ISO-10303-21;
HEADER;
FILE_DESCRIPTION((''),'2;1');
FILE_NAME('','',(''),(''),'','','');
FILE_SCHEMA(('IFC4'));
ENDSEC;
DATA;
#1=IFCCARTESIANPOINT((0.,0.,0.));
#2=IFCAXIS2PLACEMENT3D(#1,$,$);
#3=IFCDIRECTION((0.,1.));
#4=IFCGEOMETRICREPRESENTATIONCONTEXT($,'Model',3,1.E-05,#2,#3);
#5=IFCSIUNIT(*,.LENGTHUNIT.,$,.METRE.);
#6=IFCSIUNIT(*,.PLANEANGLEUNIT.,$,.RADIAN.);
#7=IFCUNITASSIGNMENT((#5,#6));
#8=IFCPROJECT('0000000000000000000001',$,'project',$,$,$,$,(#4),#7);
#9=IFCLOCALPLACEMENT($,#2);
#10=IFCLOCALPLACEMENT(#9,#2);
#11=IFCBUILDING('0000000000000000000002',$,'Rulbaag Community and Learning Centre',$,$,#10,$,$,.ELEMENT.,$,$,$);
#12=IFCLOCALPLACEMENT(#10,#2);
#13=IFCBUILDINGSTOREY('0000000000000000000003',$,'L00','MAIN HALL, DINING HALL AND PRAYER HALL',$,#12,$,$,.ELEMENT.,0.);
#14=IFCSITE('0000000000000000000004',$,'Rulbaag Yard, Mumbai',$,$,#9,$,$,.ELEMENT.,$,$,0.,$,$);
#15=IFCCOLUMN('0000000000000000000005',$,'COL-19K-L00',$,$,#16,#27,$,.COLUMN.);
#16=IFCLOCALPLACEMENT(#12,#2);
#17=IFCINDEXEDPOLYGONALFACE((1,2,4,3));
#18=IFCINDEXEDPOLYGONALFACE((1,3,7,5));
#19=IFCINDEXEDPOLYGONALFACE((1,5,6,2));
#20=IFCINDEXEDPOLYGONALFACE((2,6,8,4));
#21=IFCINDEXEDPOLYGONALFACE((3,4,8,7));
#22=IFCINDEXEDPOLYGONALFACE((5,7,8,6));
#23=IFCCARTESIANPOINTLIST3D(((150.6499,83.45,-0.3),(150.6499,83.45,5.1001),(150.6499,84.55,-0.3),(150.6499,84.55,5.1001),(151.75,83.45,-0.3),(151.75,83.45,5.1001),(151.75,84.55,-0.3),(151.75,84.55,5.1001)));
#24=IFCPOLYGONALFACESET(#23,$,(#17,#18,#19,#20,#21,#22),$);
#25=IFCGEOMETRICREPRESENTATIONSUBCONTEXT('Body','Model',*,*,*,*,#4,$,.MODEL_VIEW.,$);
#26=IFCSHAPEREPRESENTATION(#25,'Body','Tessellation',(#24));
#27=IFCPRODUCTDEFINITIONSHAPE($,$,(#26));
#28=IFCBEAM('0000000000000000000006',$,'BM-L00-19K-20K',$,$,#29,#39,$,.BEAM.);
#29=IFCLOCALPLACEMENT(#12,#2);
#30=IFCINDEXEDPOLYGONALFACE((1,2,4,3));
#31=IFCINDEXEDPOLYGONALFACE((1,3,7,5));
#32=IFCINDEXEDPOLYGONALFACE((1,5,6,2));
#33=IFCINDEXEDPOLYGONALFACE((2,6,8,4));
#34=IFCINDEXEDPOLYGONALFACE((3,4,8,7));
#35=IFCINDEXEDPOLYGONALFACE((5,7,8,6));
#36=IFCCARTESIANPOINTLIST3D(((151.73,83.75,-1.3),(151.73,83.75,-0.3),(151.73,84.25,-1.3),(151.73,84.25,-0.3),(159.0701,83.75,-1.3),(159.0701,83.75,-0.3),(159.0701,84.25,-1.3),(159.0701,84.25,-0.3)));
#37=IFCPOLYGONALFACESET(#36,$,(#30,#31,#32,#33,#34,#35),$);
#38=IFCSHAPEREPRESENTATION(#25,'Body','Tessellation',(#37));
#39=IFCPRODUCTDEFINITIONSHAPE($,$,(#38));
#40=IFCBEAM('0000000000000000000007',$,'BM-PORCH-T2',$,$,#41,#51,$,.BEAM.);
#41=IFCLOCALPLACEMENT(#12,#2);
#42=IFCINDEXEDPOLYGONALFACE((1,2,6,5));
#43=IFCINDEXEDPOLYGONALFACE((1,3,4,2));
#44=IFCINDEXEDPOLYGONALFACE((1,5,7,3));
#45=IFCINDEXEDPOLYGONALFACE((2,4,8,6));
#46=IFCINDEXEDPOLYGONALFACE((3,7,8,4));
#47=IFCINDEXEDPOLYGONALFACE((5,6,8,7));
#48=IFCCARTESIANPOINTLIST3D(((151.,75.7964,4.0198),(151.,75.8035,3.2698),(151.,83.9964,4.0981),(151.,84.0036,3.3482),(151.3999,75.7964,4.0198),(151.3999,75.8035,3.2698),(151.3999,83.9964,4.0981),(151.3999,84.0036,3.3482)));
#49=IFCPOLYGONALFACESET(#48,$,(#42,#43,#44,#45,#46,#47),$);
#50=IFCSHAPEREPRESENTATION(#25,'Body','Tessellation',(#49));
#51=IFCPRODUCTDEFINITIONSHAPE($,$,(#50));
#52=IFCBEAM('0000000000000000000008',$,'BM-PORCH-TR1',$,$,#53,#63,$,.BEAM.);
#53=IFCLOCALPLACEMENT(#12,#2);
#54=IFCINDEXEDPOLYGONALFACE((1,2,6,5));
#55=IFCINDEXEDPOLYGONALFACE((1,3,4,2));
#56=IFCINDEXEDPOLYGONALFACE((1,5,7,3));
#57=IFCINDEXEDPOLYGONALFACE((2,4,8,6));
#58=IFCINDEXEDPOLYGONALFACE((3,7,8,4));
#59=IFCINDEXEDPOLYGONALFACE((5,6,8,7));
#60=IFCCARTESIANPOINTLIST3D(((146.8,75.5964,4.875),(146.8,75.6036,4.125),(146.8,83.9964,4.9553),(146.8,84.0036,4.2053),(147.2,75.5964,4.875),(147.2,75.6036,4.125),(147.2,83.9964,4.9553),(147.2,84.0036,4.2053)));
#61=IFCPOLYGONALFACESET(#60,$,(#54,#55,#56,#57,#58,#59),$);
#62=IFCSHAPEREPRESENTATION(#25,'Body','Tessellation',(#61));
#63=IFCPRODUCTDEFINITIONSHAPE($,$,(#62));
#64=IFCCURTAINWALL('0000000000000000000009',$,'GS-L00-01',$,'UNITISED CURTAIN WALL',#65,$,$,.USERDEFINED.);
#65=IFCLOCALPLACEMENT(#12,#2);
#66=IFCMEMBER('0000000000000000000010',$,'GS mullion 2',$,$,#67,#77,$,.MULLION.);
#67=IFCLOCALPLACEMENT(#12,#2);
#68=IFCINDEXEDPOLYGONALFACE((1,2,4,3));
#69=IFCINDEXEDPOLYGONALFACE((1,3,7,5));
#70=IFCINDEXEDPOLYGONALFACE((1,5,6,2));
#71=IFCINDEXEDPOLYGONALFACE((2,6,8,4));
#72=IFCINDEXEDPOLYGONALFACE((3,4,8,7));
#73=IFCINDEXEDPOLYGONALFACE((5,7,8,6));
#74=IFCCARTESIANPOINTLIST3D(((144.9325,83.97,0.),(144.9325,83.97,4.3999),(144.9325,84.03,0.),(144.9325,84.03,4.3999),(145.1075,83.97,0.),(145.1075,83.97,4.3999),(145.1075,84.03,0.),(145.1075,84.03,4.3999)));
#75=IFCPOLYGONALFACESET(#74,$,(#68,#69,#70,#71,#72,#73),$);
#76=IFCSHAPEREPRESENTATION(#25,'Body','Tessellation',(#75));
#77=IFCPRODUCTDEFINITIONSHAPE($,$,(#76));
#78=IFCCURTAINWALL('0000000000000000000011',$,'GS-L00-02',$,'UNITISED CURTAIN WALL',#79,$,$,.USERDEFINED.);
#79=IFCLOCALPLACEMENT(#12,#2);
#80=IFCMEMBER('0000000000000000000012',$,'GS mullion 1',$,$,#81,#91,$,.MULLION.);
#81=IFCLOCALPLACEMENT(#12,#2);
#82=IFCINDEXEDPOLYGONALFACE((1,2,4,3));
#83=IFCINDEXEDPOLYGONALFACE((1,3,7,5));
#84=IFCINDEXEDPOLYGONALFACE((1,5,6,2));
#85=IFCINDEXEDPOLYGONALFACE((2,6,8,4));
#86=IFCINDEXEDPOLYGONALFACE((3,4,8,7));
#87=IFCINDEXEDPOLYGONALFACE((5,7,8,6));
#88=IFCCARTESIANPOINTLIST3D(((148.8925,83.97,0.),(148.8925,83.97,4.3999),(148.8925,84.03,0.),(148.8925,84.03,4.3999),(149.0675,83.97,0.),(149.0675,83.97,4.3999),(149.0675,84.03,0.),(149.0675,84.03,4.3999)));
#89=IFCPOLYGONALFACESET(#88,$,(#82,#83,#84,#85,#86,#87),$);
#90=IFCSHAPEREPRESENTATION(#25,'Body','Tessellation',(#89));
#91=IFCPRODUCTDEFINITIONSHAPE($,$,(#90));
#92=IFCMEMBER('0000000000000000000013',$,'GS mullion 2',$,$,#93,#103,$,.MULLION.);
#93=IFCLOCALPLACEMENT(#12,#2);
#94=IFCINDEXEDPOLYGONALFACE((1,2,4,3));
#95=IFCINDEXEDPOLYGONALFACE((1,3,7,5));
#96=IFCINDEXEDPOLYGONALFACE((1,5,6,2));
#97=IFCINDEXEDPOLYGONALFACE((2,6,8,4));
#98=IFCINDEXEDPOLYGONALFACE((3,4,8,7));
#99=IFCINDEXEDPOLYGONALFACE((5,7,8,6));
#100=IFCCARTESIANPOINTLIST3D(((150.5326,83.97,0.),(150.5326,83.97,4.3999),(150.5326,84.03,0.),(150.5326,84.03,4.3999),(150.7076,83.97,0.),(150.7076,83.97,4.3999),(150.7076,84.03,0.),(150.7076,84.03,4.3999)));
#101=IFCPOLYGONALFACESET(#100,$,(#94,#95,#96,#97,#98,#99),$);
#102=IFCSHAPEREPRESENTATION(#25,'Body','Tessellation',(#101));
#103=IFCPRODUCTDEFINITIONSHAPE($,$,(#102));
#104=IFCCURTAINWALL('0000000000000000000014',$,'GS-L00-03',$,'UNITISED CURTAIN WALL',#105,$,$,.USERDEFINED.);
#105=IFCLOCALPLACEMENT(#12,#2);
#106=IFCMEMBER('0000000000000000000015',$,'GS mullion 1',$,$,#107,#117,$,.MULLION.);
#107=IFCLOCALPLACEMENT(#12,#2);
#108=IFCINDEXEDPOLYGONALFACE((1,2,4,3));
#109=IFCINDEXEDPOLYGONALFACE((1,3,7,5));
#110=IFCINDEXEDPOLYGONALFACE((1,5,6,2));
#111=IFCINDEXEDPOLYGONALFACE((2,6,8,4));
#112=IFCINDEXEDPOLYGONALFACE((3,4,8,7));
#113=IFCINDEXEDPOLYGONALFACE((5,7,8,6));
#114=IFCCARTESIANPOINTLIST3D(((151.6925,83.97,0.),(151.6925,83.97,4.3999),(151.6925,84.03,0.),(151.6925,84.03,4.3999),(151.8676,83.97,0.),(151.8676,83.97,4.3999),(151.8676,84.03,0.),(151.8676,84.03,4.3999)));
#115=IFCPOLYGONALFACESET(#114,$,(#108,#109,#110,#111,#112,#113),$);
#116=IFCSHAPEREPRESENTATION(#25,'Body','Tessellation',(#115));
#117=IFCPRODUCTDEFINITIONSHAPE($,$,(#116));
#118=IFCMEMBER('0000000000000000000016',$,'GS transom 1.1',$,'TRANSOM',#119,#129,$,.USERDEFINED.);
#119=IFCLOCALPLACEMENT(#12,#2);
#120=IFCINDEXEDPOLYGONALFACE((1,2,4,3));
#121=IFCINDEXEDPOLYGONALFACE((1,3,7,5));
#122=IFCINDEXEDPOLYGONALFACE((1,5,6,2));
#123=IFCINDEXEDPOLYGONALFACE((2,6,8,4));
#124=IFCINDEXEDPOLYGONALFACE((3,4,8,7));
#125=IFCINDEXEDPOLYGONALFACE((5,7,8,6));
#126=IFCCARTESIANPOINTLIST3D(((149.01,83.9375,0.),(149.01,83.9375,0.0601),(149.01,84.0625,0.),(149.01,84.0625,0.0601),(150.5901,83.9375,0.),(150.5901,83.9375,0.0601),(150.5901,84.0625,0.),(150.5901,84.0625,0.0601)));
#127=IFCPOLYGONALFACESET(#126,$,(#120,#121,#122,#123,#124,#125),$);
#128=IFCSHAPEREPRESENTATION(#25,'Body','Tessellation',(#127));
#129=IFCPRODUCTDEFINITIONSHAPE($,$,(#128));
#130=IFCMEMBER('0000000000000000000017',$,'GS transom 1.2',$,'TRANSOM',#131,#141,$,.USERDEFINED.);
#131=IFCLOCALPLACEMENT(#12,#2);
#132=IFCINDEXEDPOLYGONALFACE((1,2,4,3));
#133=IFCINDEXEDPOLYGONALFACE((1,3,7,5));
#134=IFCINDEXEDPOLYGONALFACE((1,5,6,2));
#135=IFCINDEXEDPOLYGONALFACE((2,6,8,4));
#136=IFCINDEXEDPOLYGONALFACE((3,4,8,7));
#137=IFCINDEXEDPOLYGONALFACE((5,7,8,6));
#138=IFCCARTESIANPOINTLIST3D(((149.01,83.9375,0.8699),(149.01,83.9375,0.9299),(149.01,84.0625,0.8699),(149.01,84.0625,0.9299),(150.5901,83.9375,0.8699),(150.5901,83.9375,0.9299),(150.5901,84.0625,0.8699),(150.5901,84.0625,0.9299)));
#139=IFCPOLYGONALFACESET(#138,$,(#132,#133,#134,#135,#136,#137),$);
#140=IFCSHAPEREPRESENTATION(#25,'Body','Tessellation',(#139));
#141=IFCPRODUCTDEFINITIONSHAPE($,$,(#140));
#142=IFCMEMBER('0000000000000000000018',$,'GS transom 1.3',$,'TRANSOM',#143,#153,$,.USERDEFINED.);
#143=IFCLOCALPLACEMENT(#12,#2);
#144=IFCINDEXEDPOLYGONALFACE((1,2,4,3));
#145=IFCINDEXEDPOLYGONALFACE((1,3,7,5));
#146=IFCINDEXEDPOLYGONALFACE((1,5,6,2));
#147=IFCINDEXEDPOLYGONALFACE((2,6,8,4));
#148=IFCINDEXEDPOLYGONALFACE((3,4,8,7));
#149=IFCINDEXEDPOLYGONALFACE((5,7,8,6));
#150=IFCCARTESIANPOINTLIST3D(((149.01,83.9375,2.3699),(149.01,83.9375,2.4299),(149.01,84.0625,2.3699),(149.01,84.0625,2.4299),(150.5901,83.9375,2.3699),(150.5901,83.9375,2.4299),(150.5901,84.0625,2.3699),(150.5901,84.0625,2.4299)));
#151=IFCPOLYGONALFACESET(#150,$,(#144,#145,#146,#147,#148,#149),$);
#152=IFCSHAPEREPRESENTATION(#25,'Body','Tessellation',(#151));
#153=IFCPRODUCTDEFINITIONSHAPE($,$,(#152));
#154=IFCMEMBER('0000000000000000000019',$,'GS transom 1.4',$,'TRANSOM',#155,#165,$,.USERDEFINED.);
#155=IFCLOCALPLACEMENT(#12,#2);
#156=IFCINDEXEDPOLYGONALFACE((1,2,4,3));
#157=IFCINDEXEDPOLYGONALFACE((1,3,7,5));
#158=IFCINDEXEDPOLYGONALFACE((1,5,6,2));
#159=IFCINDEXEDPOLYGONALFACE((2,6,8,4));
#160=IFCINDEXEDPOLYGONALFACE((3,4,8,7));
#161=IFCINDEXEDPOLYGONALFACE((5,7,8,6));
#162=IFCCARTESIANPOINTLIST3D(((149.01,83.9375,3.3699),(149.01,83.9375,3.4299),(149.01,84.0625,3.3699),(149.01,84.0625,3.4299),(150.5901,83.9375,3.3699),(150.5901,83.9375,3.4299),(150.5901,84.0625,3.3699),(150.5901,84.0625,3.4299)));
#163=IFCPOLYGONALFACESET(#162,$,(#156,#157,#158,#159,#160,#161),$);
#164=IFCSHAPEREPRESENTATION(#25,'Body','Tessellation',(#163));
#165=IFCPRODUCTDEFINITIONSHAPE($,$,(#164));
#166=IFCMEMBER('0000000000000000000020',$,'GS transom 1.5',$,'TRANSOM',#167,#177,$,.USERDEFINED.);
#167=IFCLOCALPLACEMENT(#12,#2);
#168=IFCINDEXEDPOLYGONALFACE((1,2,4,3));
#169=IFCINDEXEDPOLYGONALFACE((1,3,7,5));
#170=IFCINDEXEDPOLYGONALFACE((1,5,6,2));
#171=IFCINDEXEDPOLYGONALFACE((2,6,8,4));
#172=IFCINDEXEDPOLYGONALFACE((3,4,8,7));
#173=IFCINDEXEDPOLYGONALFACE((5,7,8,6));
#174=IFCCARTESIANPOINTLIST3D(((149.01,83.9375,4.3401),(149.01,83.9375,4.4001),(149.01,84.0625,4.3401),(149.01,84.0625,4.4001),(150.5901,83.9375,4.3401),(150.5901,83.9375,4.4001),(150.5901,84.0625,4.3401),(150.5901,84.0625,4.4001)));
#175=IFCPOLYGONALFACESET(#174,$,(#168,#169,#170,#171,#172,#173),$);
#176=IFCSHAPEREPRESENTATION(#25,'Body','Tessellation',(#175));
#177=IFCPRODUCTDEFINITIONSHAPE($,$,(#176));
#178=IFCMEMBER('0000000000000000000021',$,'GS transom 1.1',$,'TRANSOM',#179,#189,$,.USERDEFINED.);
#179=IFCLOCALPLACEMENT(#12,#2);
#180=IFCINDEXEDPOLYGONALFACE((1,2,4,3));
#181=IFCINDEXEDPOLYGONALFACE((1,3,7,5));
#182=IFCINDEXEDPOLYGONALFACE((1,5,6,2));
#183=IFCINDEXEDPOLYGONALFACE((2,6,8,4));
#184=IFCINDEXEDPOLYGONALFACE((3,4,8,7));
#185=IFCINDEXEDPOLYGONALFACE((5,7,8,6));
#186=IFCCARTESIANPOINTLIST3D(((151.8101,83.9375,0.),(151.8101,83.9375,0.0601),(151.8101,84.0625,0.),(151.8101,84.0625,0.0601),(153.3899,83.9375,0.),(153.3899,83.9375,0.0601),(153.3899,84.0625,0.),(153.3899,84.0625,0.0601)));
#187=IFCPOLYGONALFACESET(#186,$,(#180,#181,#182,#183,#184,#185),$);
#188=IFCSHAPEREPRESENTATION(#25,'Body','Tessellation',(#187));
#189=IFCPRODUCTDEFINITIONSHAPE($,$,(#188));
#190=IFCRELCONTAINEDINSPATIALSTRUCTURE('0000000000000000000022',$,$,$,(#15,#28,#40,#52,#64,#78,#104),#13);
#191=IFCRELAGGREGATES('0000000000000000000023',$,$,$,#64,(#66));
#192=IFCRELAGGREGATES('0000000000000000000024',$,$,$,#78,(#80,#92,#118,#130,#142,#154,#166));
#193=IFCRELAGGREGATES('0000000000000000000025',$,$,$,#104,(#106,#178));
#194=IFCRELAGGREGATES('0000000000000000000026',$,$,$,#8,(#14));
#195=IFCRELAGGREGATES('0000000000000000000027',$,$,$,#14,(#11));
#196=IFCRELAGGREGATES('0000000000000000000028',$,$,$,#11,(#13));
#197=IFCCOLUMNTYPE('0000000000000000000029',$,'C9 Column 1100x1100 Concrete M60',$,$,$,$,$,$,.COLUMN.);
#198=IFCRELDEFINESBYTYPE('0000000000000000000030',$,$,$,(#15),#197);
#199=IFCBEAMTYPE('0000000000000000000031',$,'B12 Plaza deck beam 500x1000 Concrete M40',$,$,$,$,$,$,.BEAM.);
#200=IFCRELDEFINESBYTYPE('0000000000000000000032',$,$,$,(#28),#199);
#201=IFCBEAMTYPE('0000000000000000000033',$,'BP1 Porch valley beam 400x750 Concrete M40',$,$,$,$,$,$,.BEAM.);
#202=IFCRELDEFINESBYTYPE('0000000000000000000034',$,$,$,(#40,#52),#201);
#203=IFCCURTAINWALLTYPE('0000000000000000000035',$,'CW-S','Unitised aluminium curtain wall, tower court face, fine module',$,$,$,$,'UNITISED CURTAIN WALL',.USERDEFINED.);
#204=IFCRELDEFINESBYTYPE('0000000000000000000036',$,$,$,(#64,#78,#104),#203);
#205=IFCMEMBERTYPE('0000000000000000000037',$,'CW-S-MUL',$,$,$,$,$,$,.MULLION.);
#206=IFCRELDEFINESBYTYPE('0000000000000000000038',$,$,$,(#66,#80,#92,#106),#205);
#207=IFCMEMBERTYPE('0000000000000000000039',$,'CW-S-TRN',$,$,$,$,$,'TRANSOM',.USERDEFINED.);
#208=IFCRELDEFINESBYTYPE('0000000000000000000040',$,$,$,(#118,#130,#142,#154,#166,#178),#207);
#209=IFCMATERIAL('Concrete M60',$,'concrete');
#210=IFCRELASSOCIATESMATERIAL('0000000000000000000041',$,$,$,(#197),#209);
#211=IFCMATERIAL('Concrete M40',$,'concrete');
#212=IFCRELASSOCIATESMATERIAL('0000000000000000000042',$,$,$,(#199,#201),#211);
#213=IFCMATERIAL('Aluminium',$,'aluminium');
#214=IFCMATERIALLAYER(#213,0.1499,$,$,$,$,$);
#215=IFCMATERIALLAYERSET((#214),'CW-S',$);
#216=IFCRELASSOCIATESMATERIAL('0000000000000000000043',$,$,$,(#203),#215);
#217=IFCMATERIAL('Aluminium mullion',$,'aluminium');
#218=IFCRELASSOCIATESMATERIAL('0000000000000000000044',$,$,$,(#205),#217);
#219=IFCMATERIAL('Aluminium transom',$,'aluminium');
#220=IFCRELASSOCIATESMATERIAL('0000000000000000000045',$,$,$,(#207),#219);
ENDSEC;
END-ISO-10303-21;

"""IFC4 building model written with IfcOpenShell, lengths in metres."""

from ifc_helpers import new_model, si_unit, direction, frame, origin, origin_2d, place, context, subcontext, project, spatial, rectangle, extrude, material, layer, layer_set, material_profile, profile_set, type_object, element, aggregate, save


model = new_model("IFC4")

# Units and contexts
model_context = context("Model", 3, precision=1e-05, world=origin(), true_north=direction((0.0, 1.0)))
body_context = subcontext(model_context, "Body", "Model", "MODEL_VIEW")
ifc_project = project(units=[si_unit("LENGTHUNIT", "METRE"), si_unit("PLANEANGLEUNIT", "RADIAN")], contexts=[model_context])

# Site, building, storey
site_placement = place(None, origin())
site = spatial("IfcSite", under=ifc_project, at=site_placement, Name="Rulbaag Yard, Mumbai", CompositionType="ELEMENT", RefElevation=0.0)
building_placement = place(site_placement, origin())
building = spatial("IfcBuilding", under=site, at=building_placement, Name="Rulbaag Community and Learning Centre", CompositionType="ELEMENT")
storey_placement = place(building_placement, origin())
storey = spatial("IfcBuildingStorey", under=building, at=storey_placement, Name="L00", Description="MAIN HALL, DINING HALL AND PRAYER HALL", CompositionType="ELEMENT", Elevation=0.0)

# Column
ifc_material_1 = material(Name="Concrete M60", Category="concrete")
ifc_material_profile_1 = material_profile(ifc_material_1, rectangle(XDim=1.1001, YDim=1.1001, at=origin_2d()), Name="RC1100x1100")
ifc_profile_set_1 = profile_set([ifc_material_profile_1], Name="Concrete M60")
column_type = type_object("IfcColumnType", Name="C9 Column 1100x1100 Concrete M60", PredefinedType="COLUMN", material=ifc_profile_set_1)
column_placement = place(storey_placement, frame((151.2, 84.0, -0.3), z_axis=(0.0, 0.0, 1.0), x_axis=(1.0, 0.0, 0.0)))
element("IfcColumn", 1, at=column_placement, inside=storey, type_object=column_type, Name="COL-19K-L00", PredefinedType="COLUMN", context=body_context, shape_type="SweptSolid", body=[
    extrude(rectangle(XDim=1.1001, YDim=1.1001, at=origin_2d()), origin(), (0.0, 0.0, 1.0), 5.4001),
])

# Beams
ifc_material_2 = material(Name="Concrete M40", Category="concrete")
ifc_material_profile_2 = material_profile(ifc_material_2, rectangle(XDim=0.5, YDim=1.0, at=origin_2d()), Name="RB500x1000")
ifc_profile_set_2 = profile_set([ifc_material_profile_2], Name="Concrete M40")
beam_type_1 = type_object("IfcBeamType", Name="B12 Plaza deck beam 500x1000 Concrete M40", PredefinedType="BEAM", material=ifc_profile_set_2)
beam_1_placement = place(storey_placement, frame((151.73, 84.0, -0.8), z_axis=(1.0, 0.0, 0.0), x_axis=(0.0, 1.0, 0.0)))
element("IfcBeam", 2, at=beam_1_placement, inside=storey, type_object=beam_type_1, Name="BM-L00-19K-20K", PredefinedType="BEAM", context=body_context, shape_type="SweptSolid", body=[
    extrude(rectangle(XDim=0.5, YDim=1.0, at=origin_2d()), origin(), (0.0, 0.0, 1.0), 7.3401),
])
ifc_material_profile_3 = material_profile(ifc_material_2, rectangle(XDim=0.3999, YDim=0.75, at=origin_2d()), Name="RB400x750")
ifc_profile_set_3 = profile_set([ifc_material_profile_3], Name="Concrete M40")
beam_type_2 = type_object("IfcBeamType", Name="BP1 Porch valley beam 400x750 Concrete M40", PredefinedType="BEAM", material=ifc_profile_set_3)
beam_2_placement = place(storey_placement, frame((151.2, 84.0, 3.7231), z_axis=(0.0, -0.999954, -0.009557), x_axis=(1.0, 0.0, 0.0)))
element("IfcBeam", 3, at=beam_2_placement, inside=storey, type_object=beam_type_2, Name="BM-PORCH-T2", PredefinedType="BEAM", context=body_context, shape_type="SweptSolid", body=[
    extrude(rectangle(XDim=0.3999, YDim=0.75, at=origin_2d()), origin(), (0.0, 0.0, 1.0), 8.2004),
])
beam_3_placement = place(storey_placement, frame((147.0, 84.0, 4.5803), z_axis=(0.0, -0.999954, -0.009562), x_axis=(1.0, 0.0, 0.0)))
element("IfcBeam", 4, at=beam_3_placement, inside=storey, type_object=beam_type_2, Name="BM-PORCH-TR1", PredefinedType="BEAM", context=body_context, shape_type="SweptSolid", body=[
    extrude(rectangle(XDim=0.3999, YDim=0.75, at=origin_2d()), origin(), (0.0, 0.0, 1.0), 8.4004),
])

# Curtain wall, member
ifc_material_3 = material(Name="Aluminium", Category="aluminium")
ifc_layer_1 = layer(ifc_material_3, 0.1499)
ifc_layer_set_1 = layer_set([ifc_layer_1], Name="CW-S")
curtain_wall_type = type_object("IfcCurtainWallType", Name="CW-S", Description="Unitised aluminium curtain wall, tower court face, fine module", ElementType="UNITISED CURTAIN WALL", PredefinedType="USERDEFINED", material=ifc_layer_set_1)
curtain_wall_1_placement = place(storey_placement, origin())
curtain_wall_1 = element("IfcCurtainWall", 5, at=curtain_wall_1_placement, inside=storey, type_object=curtain_wall_type, Name="GS-L00-01", ObjectType="UNITISED CURTAIN WALL", PredefinedType="USERDEFINED")
ifc_material_4 = material(Name="Aluminium mullion", Category="aluminium")
ifc_material_profile_4 = material_profile(ifc_material_4, rectangle(XDim=0.0601, YDim=0.175, at=origin_2d()), Name="AL 60x175")
ifc_profile_set_4 = profile_set([ifc_material_profile_4], Name="Aluminium mullion")
member_type_1 = type_object("IfcMemberType", Name="CW-S-MUL", PredefinedType="MULLION", material=ifc_profile_set_4)
member_1_placement = place(storey_placement, frame((145.02, 84.0, 0.0), z_axis=(0.0, 0.0, 1.0), x_axis=(0.0, 1.0, 0.0)))
member_1 = element("IfcMember", 6, at=member_1_placement, type_object=member_type_1, Name="GS mullion 2", PredefinedType="MULLION", context=body_context, shape_type="SweptSolid", body=[
    extrude(rectangle(XDim=0.0601, YDim=0.175, at=origin_2d()), origin(), (0.0, 0.0, 1.0), 4.3999),
])

# Curtain wall, members
curtain_wall_2_placement = place(storey_placement, origin())
curtain_wall_2 = element("IfcCurtainWall", 7, at=curtain_wall_2_placement, inside=storey, type_object=curtain_wall_type, Name="GS-L00-02", ObjectType="UNITISED CURTAIN WALL", PredefinedType="USERDEFINED")
member_2_placement = place(storey_placement, frame((148.98, 84.0, 0.0), z_axis=(0.0, 0.0, 1.0), x_axis=(0.0, 1.0, 0.0)))
member_2 = element("IfcMember", 8, at=member_2_placement, type_object=member_type_1, Name="GS mullion 1", PredefinedType="MULLION", context=body_context, shape_type="SweptSolid", body=[
    extrude(rectangle(XDim=0.0601, YDim=0.175, at=origin_2d()), origin(), (0.0, 0.0, 1.0), 4.3999),
])
member_3_placement = place(storey_placement, frame((150.6201, 84.0, 0.0), z_axis=(0.0, 0.0, 1.0), x_axis=(0.0, 1.0, 0.0)))
member_3 = element("IfcMember", 9, at=member_3_placement, type_object=member_type_1, Name="GS mullion 2", PredefinedType="MULLION", context=body_context, shape_type="SweptSolid", body=[
    extrude(rectangle(XDim=0.0601, YDim=0.175, at=origin_2d()), origin(), (0.0, 0.0, 1.0), 4.3999),
])

# Curtain wall, member
curtain_wall_3_placement = place(storey_placement, origin())
curtain_wall_3 = element("IfcCurtainWall", 10, at=curtain_wall_3_placement, inside=storey, type_object=curtain_wall_type, Name="GS-L00-03", ObjectType="UNITISED CURTAIN WALL", PredefinedType="USERDEFINED")
member_4_placement = place(storey_placement, frame((151.78, 84.0, 0.0), z_axis=(0.0, 0.0, 1.0), x_axis=(0.0, 1.0, 0.0)))
member_4 = element("IfcMember", 11, at=member_4_placement, type_object=member_type_1, Name="GS mullion 1", PredefinedType="MULLION", context=body_context, shape_type="SweptSolid", body=[
    extrude(rectangle(XDim=0.0601, YDim=0.175, at=origin_2d()), origin(), (0.0, 0.0, 1.0), 4.3999),
])

# Members
ifc_material_5 = material(Name="Aluminium transom", Category="aluminium")
ifc_material_profile_5 = material_profile(ifc_material_5, rectangle(XDim=0.125, YDim=0.0601, at=origin_2d()), Name="AL 60x125 T")
ifc_profile_set_5 = profile_set([ifc_material_profile_5], Name="Aluminium transom")
member_type_2 = type_object("IfcMemberType", Name="CW-S-TRN", ElementType="TRANSOM", PredefinedType="USERDEFINED", material=ifc_profile_set_5)
member_5_placement = place(storey_placement, frame((149.01, 84.0, 0.03), z_axis=(1.0, 0.0, 0.0), x_axis=(0.0, 1.0, 0.0)))
member_5 = element("IfcMember", 12, at=member_5_placement, type_object=member_type_2, Name="GS transom 1.1", ObjectType="TRANSOM", PredefinedType="USERDEFINED", context=body_context, shape_type="SweptSolid", body=[
    extrude(rectangle(XDim=0.125, YDim=0.0601, at=origin_2d()), origin(), (0.0, 0.0, 1.0), 1.5801),
])
member_6_placement = place(storey_placement, frame((149.01, 84.0, 0.8999), z_axis=(1.0, 0.0, 0.0), x_axis=(0.0, 1.0, 0.0)))
member_6 = element("IfcMember", 13, at=member_6_placement, type_object=member_type_2, Name="GS transom 1.2", ObjectType="TRANSOM", PredefinedType="USERDEFINED", context=body_context, shape_type="SweptSolid", body=[
    extrude(rectangle(XDim=0.125, YDim=0.0601, at=origin_2d()), origin(), (0.0, 0.0, 1.0), 1.5801),
])
member_7_placement = place(storey_placement, frame((149.01, 84.0, 2.3999), z_axis=(1.0, 0.0, 0.0), x_axis=(0.0, 1.0, 0.0)))
member_7 = element("IfcMember", 14, at=member_7_placement, type_object=member_type_2, Name="GS transom 1.3", ObjectType="TRANSOM", PredefinedType="USERDEFINED", context=body_context, shape_type="SweptSolid", body=[
    extrude(rectangle(XDim=0.125, YDim=0.0601, at=origin_2d()), origin(), (0.0, 0.0, 1.0), 1.5801),
])
member_8_placement = place(storey_placement, frame((149.01, 84.0, 3.3999), z_axis=(1.0, 0.0, 0.0), x_axis=(0.0, 1.0, 0.0)))
member_8 = element("IfcMember", 15, at=member_8_placement, type_object=member_type_2, Name="GS transom 1.4", ObjectType="TRANSOM", PredefinedType="USERDEFINED", context=body_context, shape_type="SweptSolid", body=[
    extrude(rectangle(XDim=0.125, YDim=0.0601, at=origin_2d()), origin(), (0.0, 0.0, 1.0), 1.5801),
])
member_9_placement = place(storey_placement, frame((149.01, 84.0, 4.3701), z_axis=(1.0, 0.0, 0.0), x_axis=(0.0, 1.0, 0.0)))
member_9 = element("IfcMember", 16, at=member_9_placement, type_object=member_type_2, Name="GS transom 1.5", ObjectType="TRANSOM", PredefinedType="USERDEFINED", context=body_context, shape_type="SweptSolid", body=[
    extrude(rectangle(XDim=0.125, YDim=0.0601, at=origin_2d()), origin(), (0.0, 0.0, 1.0), 1.5801),
])
member_10_placement = place(storey_placement, frame((151.8101, 84.0, 0.03), z_axis=(1.0, 0.0, 0.0), x_axis=(0.0, 1.0, 0.0)))
member_10 = element("IfcMember", 17, at=member_10_placement, type_object=member_type_2, Name="GS transom 1.1", ObjectType="TRANSOM", PredefinedType="USERDEFINED", context=body_context, shape_type="SweptSolid", body=[
    extrude(rectangle(XDim=0.125, YDim=0.0601, at=origin_2d()), origin(), (0.0, 0.0, 1.0), 1.5798),
])

aggregate(curtain_wall_1, [member_1])
aggregate(curtain_wall_2, [member_2, member_3, member_5, member_6, member_7, member_8, member_9])
aggregate(curtain_wall_3, [member_4, member_10])

save(model, "model.ifc")
